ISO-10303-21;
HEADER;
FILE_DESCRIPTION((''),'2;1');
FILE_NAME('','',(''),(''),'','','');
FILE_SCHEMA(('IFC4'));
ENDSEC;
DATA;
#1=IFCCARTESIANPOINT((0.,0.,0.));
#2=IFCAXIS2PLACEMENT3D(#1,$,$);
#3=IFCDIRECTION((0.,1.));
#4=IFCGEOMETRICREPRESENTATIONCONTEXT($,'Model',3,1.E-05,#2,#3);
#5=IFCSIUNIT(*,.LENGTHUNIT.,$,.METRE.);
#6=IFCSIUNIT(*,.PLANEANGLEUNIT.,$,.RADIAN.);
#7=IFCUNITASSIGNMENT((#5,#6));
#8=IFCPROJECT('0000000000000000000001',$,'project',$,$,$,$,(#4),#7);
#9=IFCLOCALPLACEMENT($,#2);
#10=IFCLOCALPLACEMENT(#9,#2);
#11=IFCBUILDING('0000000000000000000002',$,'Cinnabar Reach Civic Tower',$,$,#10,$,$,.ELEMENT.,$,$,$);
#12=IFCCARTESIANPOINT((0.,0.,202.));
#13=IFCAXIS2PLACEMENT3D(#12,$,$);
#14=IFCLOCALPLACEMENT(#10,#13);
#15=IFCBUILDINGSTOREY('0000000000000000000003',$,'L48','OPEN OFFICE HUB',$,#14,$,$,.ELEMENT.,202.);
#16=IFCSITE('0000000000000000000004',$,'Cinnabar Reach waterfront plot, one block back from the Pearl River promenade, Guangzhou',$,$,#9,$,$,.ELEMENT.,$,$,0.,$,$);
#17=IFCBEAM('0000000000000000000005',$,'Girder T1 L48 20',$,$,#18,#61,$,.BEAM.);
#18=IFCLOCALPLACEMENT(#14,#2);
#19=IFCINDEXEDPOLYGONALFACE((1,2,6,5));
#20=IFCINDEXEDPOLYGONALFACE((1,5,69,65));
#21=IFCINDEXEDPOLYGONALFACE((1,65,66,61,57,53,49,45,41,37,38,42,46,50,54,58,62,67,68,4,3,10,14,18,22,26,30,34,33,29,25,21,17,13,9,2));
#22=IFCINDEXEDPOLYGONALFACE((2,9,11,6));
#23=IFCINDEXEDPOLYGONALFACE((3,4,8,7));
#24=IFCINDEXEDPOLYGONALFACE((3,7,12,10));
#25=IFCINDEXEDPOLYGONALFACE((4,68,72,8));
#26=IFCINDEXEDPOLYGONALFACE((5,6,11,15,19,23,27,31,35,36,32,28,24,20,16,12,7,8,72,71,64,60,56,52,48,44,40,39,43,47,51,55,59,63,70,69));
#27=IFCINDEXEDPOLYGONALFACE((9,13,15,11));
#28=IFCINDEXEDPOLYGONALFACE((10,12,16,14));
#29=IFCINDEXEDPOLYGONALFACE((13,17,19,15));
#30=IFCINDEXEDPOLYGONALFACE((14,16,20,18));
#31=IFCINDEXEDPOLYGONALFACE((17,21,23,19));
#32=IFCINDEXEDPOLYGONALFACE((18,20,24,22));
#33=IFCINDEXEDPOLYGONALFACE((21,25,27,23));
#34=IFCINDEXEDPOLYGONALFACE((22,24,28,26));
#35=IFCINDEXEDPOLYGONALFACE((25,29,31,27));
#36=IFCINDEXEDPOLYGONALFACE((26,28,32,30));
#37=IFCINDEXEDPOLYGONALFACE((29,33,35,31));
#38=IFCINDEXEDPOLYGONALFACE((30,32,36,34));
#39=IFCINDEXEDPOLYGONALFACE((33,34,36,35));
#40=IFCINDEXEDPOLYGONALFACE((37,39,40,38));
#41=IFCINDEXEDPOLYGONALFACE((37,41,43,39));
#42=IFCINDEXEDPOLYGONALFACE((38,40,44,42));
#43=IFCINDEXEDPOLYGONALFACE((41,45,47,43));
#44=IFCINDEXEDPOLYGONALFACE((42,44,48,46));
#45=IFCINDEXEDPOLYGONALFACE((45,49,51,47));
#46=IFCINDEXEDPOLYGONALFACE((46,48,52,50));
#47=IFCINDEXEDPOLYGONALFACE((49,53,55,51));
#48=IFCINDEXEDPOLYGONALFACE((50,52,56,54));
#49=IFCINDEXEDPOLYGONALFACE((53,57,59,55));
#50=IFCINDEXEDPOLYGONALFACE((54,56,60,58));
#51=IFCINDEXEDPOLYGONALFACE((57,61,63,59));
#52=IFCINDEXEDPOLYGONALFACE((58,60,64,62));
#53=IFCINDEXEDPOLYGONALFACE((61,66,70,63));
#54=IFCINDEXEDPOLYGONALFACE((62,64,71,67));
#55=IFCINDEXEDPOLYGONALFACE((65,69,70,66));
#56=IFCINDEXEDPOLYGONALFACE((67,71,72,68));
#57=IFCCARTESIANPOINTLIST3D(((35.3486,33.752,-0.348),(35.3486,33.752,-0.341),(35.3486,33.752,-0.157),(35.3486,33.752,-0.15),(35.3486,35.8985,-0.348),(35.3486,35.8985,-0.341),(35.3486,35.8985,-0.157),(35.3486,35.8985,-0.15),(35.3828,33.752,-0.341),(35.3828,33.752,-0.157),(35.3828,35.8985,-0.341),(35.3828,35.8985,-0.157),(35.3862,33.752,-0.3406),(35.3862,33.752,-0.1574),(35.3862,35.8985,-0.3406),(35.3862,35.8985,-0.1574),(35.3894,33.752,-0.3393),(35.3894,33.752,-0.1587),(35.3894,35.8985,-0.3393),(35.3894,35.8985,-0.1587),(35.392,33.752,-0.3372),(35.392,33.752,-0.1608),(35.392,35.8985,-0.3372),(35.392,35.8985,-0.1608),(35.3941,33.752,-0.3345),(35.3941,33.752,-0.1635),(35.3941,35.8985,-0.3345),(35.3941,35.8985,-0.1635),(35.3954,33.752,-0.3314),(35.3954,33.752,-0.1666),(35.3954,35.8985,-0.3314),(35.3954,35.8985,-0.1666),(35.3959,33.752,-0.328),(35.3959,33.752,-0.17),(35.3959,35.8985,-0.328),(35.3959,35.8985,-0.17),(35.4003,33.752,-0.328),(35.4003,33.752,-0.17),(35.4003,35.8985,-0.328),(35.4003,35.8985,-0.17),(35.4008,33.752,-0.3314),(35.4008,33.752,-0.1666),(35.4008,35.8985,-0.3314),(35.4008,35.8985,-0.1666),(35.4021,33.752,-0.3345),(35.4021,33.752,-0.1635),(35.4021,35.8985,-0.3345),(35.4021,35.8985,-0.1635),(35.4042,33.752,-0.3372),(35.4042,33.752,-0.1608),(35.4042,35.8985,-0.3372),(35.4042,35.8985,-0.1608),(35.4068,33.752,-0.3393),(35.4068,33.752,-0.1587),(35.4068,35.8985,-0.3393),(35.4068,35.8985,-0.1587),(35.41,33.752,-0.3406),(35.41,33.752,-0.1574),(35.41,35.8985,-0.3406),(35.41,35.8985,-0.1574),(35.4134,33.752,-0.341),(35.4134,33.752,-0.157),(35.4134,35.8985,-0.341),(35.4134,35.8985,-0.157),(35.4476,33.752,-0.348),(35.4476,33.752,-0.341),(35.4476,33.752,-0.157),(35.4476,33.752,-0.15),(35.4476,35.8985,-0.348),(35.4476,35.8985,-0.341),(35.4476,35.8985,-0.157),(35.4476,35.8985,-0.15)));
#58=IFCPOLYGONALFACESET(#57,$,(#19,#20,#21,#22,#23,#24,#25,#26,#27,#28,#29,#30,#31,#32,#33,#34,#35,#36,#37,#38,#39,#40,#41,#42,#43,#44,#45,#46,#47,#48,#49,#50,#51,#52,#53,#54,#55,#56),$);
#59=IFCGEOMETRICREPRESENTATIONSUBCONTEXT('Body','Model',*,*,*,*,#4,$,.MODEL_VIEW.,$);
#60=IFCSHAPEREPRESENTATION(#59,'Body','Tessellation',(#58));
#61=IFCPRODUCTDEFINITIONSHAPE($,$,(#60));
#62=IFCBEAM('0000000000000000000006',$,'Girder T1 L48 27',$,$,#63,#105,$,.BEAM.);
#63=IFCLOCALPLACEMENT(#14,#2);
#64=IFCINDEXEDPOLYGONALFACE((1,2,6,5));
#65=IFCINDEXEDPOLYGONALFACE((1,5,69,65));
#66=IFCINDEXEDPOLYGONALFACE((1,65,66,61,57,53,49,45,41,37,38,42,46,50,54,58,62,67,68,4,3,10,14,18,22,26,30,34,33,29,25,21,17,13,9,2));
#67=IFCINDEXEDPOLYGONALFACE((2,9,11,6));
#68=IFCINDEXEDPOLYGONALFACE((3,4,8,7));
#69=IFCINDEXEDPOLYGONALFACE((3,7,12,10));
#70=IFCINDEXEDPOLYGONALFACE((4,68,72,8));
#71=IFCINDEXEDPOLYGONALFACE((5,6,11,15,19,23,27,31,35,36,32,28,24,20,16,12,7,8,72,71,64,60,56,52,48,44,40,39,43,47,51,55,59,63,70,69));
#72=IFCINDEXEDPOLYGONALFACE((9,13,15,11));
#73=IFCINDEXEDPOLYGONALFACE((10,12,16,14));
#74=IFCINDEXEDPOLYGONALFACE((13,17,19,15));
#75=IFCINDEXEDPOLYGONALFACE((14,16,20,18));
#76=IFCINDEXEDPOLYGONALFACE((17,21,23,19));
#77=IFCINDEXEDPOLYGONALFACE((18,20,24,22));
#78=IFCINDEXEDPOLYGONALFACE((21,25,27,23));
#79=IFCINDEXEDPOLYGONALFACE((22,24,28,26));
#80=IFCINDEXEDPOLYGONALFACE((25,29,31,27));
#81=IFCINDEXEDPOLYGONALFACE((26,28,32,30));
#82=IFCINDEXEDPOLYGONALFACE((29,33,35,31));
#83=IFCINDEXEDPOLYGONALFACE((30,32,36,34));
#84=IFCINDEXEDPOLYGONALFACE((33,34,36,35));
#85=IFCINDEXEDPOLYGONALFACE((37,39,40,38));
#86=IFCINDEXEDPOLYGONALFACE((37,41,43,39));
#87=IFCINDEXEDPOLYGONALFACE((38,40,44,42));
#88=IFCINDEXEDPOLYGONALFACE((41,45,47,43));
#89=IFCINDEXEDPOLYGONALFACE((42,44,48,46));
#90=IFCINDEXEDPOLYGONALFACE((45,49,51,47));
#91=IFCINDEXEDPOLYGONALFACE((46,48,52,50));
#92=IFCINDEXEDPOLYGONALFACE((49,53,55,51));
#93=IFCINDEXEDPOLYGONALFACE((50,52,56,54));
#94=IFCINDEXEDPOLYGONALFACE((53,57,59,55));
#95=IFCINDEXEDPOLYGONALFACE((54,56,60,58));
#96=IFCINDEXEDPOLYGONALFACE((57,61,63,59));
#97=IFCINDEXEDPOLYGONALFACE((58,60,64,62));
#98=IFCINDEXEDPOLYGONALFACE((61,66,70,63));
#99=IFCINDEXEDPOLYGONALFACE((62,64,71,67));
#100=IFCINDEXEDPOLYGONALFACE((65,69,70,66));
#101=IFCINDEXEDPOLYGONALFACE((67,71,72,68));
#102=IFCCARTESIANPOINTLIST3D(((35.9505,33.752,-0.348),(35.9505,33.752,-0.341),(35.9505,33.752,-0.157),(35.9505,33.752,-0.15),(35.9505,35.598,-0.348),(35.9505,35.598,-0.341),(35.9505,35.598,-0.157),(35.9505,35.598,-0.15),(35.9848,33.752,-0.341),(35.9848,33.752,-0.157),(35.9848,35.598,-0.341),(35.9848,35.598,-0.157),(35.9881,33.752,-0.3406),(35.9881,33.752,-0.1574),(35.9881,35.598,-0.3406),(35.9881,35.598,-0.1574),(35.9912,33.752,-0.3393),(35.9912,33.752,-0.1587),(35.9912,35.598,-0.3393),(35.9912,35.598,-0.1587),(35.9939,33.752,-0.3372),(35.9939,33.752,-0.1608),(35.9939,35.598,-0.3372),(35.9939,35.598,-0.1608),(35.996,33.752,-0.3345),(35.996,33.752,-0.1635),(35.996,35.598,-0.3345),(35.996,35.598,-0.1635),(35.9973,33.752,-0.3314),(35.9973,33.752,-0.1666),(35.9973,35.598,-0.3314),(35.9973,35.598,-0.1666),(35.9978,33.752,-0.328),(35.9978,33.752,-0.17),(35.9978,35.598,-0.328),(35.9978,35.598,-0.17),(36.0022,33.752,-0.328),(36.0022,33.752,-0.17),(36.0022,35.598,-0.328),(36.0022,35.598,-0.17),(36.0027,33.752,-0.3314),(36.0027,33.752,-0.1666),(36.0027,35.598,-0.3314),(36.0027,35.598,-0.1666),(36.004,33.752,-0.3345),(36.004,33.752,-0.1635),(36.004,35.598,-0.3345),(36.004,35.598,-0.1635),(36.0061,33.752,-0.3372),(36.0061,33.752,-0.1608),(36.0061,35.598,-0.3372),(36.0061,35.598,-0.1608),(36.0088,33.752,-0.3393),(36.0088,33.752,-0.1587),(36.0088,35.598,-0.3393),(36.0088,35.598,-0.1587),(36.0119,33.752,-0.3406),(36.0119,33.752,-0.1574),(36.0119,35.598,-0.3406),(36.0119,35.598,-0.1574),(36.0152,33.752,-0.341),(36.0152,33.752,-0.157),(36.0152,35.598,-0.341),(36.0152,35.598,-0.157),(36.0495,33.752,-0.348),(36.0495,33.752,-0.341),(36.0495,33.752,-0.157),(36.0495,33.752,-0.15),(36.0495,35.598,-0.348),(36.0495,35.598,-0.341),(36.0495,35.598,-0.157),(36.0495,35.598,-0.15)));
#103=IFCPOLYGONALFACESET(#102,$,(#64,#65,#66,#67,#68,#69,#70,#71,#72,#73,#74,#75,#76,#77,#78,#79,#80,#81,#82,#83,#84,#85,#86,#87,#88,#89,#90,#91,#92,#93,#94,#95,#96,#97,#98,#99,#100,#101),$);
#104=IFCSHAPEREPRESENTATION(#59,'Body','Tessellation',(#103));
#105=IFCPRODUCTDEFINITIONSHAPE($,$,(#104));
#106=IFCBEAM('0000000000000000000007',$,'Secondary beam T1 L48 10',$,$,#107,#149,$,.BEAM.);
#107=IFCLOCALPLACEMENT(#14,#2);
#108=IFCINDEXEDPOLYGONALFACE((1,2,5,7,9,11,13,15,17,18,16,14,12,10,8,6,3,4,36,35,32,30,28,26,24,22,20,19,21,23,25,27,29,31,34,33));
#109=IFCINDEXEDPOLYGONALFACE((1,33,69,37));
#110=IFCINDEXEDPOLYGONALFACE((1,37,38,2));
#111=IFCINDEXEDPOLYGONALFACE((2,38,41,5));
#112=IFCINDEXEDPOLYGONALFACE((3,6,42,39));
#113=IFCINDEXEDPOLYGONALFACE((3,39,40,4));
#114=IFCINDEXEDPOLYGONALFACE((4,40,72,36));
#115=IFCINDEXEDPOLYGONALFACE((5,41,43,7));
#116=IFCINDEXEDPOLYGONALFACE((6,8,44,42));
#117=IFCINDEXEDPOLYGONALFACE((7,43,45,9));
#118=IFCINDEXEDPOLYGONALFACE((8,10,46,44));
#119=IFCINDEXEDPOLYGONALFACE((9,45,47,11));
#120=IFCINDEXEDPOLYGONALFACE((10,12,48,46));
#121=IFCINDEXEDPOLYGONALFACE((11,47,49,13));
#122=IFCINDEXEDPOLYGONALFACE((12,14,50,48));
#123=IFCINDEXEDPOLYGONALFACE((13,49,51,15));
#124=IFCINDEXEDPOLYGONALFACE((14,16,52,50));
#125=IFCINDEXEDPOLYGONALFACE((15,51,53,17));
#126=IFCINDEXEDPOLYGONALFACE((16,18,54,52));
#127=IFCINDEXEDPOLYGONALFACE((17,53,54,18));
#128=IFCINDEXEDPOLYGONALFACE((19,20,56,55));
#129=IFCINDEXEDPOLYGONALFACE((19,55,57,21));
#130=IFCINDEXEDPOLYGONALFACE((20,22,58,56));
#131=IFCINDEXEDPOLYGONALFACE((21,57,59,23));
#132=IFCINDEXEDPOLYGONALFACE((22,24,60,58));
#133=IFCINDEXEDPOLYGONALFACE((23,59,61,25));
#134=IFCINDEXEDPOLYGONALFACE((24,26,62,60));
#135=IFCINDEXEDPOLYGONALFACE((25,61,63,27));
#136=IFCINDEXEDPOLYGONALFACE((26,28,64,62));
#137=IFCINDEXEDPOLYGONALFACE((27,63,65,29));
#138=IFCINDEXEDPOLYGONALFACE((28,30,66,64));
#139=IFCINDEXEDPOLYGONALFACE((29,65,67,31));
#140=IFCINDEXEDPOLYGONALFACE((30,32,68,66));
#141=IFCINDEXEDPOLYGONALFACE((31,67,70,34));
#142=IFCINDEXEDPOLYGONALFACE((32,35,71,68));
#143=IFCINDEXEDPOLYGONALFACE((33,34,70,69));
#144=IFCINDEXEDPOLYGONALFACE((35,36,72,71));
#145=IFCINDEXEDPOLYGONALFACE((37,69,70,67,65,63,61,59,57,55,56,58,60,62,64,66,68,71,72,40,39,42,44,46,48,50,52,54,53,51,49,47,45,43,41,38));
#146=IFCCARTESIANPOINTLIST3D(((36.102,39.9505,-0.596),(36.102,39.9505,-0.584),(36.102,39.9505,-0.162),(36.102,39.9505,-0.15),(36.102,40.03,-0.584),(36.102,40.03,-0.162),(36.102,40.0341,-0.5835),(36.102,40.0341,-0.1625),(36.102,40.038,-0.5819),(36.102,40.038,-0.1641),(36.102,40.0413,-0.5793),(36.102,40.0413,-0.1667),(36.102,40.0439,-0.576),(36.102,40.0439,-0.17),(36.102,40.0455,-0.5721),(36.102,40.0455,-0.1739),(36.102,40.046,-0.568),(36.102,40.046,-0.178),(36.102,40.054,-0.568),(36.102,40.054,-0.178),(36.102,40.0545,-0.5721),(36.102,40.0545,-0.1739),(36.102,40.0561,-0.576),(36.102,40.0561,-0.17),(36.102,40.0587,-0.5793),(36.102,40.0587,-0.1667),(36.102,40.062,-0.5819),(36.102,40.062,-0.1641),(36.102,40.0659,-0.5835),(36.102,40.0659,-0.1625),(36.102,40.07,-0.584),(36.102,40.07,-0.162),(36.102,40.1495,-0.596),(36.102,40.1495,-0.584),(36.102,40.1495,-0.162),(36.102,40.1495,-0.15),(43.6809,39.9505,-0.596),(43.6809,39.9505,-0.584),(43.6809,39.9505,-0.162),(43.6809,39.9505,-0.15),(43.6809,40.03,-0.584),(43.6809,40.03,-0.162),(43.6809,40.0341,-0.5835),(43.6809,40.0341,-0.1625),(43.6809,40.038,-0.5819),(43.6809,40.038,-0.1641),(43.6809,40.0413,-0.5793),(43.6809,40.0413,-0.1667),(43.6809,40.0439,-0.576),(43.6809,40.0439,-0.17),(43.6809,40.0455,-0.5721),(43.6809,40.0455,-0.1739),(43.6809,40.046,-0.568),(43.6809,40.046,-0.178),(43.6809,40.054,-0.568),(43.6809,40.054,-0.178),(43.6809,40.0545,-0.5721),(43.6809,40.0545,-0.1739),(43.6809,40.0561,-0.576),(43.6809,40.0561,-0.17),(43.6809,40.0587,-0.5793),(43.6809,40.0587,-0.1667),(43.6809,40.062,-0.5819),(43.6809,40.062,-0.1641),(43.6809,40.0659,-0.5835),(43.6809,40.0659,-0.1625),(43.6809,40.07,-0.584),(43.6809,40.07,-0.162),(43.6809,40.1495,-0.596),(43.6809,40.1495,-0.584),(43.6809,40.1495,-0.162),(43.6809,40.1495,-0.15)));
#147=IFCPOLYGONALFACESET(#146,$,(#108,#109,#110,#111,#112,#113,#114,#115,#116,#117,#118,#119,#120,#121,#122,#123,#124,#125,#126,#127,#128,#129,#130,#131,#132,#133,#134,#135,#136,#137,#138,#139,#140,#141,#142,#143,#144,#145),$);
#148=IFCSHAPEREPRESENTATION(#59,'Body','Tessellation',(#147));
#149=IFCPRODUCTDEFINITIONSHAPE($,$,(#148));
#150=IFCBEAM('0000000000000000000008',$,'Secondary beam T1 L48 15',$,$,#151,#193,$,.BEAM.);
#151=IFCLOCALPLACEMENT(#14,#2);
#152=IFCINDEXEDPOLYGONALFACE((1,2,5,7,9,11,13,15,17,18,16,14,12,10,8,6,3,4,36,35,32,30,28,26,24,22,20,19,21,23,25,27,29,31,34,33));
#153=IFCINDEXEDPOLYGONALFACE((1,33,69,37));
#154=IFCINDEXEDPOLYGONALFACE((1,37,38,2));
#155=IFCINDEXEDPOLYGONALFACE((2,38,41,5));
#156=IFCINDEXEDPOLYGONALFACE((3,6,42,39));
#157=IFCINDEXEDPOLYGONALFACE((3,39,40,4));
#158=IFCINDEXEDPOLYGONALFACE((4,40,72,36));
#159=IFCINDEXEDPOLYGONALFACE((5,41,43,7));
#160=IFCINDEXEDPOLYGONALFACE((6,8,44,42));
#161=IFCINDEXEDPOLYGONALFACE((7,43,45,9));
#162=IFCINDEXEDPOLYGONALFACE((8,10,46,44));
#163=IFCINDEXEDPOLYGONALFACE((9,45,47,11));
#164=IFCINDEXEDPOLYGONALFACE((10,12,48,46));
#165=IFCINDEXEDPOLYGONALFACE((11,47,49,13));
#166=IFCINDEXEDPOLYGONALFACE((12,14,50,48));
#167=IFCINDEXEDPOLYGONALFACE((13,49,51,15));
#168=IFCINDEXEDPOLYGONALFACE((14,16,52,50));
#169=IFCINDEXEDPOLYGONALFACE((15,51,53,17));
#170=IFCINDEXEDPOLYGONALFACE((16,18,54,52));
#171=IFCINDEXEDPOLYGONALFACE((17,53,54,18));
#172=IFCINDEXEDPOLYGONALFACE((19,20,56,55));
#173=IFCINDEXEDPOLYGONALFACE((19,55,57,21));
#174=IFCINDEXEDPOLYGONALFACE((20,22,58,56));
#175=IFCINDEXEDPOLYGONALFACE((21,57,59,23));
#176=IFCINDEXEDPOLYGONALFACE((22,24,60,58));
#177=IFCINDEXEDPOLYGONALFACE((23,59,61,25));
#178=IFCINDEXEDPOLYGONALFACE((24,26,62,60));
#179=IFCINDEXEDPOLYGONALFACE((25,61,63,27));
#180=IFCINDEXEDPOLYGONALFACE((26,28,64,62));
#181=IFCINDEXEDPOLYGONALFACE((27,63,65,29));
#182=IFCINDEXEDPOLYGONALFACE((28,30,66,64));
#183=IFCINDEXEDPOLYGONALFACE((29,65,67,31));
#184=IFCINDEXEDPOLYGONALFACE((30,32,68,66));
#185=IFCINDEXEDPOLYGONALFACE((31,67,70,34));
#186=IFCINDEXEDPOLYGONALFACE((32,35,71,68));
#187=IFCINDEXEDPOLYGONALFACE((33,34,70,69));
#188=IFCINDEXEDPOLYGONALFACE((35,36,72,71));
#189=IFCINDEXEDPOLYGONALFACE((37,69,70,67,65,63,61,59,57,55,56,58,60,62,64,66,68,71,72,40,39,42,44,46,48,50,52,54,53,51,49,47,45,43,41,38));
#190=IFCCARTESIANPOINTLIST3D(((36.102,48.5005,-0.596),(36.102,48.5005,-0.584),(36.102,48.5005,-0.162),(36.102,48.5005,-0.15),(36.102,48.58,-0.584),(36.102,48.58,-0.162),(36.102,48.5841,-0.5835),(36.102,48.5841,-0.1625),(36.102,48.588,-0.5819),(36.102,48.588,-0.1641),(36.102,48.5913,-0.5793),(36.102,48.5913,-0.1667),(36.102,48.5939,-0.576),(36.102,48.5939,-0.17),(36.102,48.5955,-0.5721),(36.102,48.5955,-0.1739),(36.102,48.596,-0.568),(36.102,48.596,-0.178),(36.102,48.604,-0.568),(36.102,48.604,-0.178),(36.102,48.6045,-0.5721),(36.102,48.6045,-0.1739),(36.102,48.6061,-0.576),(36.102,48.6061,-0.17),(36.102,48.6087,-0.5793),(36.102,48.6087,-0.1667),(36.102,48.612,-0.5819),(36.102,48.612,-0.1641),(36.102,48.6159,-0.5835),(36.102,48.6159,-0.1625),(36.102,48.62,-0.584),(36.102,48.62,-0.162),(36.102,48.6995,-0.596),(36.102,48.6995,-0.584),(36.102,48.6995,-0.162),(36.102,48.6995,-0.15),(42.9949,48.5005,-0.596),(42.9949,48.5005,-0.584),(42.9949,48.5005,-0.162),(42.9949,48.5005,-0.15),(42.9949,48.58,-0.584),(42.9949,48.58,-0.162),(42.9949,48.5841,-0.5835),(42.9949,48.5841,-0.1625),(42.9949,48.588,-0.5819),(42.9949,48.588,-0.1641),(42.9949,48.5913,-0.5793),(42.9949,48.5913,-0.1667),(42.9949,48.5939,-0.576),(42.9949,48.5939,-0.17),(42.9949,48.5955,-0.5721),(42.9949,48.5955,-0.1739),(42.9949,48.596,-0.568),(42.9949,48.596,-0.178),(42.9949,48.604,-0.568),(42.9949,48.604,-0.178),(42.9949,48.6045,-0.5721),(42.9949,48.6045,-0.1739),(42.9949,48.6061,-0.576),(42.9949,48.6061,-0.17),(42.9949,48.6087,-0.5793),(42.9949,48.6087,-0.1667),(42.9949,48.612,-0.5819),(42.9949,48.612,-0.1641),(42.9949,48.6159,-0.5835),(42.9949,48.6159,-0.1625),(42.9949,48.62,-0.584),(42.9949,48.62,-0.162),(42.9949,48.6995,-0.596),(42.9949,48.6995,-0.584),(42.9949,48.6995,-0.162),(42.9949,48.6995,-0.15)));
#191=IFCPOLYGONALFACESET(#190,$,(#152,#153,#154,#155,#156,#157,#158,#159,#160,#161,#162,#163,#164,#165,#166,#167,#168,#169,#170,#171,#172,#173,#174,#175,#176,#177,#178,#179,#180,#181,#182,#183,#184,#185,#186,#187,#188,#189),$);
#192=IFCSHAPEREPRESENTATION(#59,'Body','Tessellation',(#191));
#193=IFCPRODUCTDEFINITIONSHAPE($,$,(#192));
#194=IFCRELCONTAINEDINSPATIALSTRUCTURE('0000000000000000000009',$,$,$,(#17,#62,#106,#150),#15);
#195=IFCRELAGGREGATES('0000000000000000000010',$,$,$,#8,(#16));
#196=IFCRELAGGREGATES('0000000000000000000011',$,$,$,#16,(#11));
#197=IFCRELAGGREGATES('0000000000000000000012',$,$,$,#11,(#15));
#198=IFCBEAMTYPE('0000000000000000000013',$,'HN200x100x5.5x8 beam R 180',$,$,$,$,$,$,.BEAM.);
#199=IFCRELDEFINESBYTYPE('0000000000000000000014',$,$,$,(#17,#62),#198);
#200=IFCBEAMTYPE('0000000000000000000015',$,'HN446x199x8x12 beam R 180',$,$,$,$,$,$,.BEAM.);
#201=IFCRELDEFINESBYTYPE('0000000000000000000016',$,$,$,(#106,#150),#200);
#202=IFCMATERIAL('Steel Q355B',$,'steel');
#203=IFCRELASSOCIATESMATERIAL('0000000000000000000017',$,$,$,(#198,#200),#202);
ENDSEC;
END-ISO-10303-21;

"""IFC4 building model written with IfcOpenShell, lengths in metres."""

from ifc_helpers import new_model, si_unit, direction, frame, origin, origin_2d, place, context, subcontext, project, spatial, i_section, extrude, material, material_profile, profile_set, type_object, element, save


model = new_model("IFC4")

# Units and contexts
model_context = context("Model", 3, precision=1e-05, world=origin(), true_north=direction((0.0, 1.0)))
body_context = subcontext(model_context, "Body", "Model", "MODEL_VIEW")
ifc_project = project(units=[si_unit("LENGTHUNIT", "METRE"), si_unit("PLANEANGLEUNIT", "RADIAN")], contexts=[model_context])

# Site, building, storey
site_placement = place(None, origin())
site = spatial("IfcSite", under=ifc_project, at=site_placement, Name="Cinnabar Reach waterfront plot, one block back from the Pearl River promenade, Guangzhou", CompositionType="ELEMENT", RefElevation=0.0)
building_placement = place(site_placement, origin())
building = spatial("IfcBuilding", under=site, at=building_placement, Name="Cinnabar Reach Civic Tower", CompositionType="ELEMENT")
storey_placement = place(building_placement, frame((0.0, 0.0, 202.0)))
storey = spatial("IfcBuildingStorey", under=building, at=storey_placement, Name="L48", Description="OPEN OFFICE HUB", CompositionType="ELEMENT", Elevation=202.0)

# Beams
ifc_material_1 = material(Name="Steel Q355B", Category="steel")
ifc_material_profile_1 = material_profile(ifc_material_1, i_section(OverallWidth=0.099, OverallDepth=0.198, WebThickness=0.0045, FlangeThickness=0.007, FilletRadius=0.013, at=origin_2d()), Name="HN200x100x5.5x8")
ifc_profile_set_1 = profile_set([ifc_material_profile_1], Name="Steel Q355B")
beam_type_1 = type_object("IfcBeamType", Name="HN200x100x5.5x8 beam R 180", PredefinedType="BEAM", material=ifc_profile_set_1)
beam_1_placement = place(storey_placement, frame((35.3981, 33.752, -0.249), z_axis=(0.0, 1.0, 0.0), x_axis=(-1.0, 0.0, 0.0)))
element("IfcBeam", 1, at=beam_1_placement, inside=storey, type_object=beam_type_1, Name="Girder T1 L48 20", PredefinedType="BEAM", context=body_context, shape_type="SweptSolid", body=[
    extrude(i_section(OverallWidth=0.099, OverallDepth=0.198, WebThickness=0.0045, FlangeThickness=0.007, FilletRadius=0.013, at=origin_2d()), origin(), (0.0, 0.0, 1.0), 2.1465),
])
beam_2_placement = place(storey_placement, frame((36.0, 33.752, -0.249), z_axis=(0.0, 1.0, 0.0), x_axis=(-1.0, 0.0, 0.0)))
element("IfcBeam", 2, at=beam_2_placement, inside=storey, type_object=beam_type_1, Name="Girder T1 L48 27", PredefinedType="BEAM", context=body_context, shape_type="SweptSolid", body=[
    extrude(i_section(OverallWidth=0.099, OverallDepth=0.198, WebThickness=0.0045, FlangeThickness=0.007, FilletRadius=0.013, at=origin_2d()), origin(), (0.0, 0.0, 1.0), 1.846),
])
ifc_material_profile_2 = material_profile(ifc_material_1, i_section(OverallWidth=0.199, OverallDepth=0.446, WebThickness=0.008, FlangeThickness=0.012, FilletRadius=0.016, at=origin_2d()), Name="HN446x199x8x12")
ifc_profile_set_2 = profile_set([ifc_material_profile_2], Name="Steel Q355B")
beam_type_2 = type_object("IfcBeamType", Name="HN446x199x8x12 beam R 180", PredefinedType="BEAM", material=ifc_profile_set_2)
beam_3_placement = place(storey_placement, frame((36.102, 40.05, -0.373), z_axis=(1.0, 0.0, 0.0), x_axis=(0.0, 1.0, 0.0)))
element("IfcBeam", 3, at=beam_3_placement, inside=storey, type_object=beam_type_2, Name="Secondary beam T1 L48 10", PredefinedType="BEAM", context=body_context, shape_type="SweptSolid", body=[
    extrude(i_section(OverallWidth=0.199, OverallDepth=0.446, WebThickness=0.008, FlangeThickness=0.012, FilletRadius=0.016, at=origin_2d()), origin(), (0.0, 0.0, 1.0), 7.5789),
])
beam_4_placement = place(storey_placement, frame((36.102, 48.6, -0.373), z_axis=(1.0, 0.0, 0.0), x_axis=(0.0, 1.0, 0.0)))
element("IfcBeam", 4, at=beam_4_placement, inside=storey, type_object=beam_type_2, Name="Secondary beam T1 L48 15", PredefinedType="BEAM", context=body_context, shape_type="SweptSolid", body=[
    extrude(i_section(OverallWidth=0.199, OverallDepth=0.446, WebThickness=0.008, FlangeThickness=0.012, FilletRadius=0.016, at=origin_2d()), origin(), (0.0, 0.0, 1.0), 6.8929),
])

save(model, "model.ifc")
